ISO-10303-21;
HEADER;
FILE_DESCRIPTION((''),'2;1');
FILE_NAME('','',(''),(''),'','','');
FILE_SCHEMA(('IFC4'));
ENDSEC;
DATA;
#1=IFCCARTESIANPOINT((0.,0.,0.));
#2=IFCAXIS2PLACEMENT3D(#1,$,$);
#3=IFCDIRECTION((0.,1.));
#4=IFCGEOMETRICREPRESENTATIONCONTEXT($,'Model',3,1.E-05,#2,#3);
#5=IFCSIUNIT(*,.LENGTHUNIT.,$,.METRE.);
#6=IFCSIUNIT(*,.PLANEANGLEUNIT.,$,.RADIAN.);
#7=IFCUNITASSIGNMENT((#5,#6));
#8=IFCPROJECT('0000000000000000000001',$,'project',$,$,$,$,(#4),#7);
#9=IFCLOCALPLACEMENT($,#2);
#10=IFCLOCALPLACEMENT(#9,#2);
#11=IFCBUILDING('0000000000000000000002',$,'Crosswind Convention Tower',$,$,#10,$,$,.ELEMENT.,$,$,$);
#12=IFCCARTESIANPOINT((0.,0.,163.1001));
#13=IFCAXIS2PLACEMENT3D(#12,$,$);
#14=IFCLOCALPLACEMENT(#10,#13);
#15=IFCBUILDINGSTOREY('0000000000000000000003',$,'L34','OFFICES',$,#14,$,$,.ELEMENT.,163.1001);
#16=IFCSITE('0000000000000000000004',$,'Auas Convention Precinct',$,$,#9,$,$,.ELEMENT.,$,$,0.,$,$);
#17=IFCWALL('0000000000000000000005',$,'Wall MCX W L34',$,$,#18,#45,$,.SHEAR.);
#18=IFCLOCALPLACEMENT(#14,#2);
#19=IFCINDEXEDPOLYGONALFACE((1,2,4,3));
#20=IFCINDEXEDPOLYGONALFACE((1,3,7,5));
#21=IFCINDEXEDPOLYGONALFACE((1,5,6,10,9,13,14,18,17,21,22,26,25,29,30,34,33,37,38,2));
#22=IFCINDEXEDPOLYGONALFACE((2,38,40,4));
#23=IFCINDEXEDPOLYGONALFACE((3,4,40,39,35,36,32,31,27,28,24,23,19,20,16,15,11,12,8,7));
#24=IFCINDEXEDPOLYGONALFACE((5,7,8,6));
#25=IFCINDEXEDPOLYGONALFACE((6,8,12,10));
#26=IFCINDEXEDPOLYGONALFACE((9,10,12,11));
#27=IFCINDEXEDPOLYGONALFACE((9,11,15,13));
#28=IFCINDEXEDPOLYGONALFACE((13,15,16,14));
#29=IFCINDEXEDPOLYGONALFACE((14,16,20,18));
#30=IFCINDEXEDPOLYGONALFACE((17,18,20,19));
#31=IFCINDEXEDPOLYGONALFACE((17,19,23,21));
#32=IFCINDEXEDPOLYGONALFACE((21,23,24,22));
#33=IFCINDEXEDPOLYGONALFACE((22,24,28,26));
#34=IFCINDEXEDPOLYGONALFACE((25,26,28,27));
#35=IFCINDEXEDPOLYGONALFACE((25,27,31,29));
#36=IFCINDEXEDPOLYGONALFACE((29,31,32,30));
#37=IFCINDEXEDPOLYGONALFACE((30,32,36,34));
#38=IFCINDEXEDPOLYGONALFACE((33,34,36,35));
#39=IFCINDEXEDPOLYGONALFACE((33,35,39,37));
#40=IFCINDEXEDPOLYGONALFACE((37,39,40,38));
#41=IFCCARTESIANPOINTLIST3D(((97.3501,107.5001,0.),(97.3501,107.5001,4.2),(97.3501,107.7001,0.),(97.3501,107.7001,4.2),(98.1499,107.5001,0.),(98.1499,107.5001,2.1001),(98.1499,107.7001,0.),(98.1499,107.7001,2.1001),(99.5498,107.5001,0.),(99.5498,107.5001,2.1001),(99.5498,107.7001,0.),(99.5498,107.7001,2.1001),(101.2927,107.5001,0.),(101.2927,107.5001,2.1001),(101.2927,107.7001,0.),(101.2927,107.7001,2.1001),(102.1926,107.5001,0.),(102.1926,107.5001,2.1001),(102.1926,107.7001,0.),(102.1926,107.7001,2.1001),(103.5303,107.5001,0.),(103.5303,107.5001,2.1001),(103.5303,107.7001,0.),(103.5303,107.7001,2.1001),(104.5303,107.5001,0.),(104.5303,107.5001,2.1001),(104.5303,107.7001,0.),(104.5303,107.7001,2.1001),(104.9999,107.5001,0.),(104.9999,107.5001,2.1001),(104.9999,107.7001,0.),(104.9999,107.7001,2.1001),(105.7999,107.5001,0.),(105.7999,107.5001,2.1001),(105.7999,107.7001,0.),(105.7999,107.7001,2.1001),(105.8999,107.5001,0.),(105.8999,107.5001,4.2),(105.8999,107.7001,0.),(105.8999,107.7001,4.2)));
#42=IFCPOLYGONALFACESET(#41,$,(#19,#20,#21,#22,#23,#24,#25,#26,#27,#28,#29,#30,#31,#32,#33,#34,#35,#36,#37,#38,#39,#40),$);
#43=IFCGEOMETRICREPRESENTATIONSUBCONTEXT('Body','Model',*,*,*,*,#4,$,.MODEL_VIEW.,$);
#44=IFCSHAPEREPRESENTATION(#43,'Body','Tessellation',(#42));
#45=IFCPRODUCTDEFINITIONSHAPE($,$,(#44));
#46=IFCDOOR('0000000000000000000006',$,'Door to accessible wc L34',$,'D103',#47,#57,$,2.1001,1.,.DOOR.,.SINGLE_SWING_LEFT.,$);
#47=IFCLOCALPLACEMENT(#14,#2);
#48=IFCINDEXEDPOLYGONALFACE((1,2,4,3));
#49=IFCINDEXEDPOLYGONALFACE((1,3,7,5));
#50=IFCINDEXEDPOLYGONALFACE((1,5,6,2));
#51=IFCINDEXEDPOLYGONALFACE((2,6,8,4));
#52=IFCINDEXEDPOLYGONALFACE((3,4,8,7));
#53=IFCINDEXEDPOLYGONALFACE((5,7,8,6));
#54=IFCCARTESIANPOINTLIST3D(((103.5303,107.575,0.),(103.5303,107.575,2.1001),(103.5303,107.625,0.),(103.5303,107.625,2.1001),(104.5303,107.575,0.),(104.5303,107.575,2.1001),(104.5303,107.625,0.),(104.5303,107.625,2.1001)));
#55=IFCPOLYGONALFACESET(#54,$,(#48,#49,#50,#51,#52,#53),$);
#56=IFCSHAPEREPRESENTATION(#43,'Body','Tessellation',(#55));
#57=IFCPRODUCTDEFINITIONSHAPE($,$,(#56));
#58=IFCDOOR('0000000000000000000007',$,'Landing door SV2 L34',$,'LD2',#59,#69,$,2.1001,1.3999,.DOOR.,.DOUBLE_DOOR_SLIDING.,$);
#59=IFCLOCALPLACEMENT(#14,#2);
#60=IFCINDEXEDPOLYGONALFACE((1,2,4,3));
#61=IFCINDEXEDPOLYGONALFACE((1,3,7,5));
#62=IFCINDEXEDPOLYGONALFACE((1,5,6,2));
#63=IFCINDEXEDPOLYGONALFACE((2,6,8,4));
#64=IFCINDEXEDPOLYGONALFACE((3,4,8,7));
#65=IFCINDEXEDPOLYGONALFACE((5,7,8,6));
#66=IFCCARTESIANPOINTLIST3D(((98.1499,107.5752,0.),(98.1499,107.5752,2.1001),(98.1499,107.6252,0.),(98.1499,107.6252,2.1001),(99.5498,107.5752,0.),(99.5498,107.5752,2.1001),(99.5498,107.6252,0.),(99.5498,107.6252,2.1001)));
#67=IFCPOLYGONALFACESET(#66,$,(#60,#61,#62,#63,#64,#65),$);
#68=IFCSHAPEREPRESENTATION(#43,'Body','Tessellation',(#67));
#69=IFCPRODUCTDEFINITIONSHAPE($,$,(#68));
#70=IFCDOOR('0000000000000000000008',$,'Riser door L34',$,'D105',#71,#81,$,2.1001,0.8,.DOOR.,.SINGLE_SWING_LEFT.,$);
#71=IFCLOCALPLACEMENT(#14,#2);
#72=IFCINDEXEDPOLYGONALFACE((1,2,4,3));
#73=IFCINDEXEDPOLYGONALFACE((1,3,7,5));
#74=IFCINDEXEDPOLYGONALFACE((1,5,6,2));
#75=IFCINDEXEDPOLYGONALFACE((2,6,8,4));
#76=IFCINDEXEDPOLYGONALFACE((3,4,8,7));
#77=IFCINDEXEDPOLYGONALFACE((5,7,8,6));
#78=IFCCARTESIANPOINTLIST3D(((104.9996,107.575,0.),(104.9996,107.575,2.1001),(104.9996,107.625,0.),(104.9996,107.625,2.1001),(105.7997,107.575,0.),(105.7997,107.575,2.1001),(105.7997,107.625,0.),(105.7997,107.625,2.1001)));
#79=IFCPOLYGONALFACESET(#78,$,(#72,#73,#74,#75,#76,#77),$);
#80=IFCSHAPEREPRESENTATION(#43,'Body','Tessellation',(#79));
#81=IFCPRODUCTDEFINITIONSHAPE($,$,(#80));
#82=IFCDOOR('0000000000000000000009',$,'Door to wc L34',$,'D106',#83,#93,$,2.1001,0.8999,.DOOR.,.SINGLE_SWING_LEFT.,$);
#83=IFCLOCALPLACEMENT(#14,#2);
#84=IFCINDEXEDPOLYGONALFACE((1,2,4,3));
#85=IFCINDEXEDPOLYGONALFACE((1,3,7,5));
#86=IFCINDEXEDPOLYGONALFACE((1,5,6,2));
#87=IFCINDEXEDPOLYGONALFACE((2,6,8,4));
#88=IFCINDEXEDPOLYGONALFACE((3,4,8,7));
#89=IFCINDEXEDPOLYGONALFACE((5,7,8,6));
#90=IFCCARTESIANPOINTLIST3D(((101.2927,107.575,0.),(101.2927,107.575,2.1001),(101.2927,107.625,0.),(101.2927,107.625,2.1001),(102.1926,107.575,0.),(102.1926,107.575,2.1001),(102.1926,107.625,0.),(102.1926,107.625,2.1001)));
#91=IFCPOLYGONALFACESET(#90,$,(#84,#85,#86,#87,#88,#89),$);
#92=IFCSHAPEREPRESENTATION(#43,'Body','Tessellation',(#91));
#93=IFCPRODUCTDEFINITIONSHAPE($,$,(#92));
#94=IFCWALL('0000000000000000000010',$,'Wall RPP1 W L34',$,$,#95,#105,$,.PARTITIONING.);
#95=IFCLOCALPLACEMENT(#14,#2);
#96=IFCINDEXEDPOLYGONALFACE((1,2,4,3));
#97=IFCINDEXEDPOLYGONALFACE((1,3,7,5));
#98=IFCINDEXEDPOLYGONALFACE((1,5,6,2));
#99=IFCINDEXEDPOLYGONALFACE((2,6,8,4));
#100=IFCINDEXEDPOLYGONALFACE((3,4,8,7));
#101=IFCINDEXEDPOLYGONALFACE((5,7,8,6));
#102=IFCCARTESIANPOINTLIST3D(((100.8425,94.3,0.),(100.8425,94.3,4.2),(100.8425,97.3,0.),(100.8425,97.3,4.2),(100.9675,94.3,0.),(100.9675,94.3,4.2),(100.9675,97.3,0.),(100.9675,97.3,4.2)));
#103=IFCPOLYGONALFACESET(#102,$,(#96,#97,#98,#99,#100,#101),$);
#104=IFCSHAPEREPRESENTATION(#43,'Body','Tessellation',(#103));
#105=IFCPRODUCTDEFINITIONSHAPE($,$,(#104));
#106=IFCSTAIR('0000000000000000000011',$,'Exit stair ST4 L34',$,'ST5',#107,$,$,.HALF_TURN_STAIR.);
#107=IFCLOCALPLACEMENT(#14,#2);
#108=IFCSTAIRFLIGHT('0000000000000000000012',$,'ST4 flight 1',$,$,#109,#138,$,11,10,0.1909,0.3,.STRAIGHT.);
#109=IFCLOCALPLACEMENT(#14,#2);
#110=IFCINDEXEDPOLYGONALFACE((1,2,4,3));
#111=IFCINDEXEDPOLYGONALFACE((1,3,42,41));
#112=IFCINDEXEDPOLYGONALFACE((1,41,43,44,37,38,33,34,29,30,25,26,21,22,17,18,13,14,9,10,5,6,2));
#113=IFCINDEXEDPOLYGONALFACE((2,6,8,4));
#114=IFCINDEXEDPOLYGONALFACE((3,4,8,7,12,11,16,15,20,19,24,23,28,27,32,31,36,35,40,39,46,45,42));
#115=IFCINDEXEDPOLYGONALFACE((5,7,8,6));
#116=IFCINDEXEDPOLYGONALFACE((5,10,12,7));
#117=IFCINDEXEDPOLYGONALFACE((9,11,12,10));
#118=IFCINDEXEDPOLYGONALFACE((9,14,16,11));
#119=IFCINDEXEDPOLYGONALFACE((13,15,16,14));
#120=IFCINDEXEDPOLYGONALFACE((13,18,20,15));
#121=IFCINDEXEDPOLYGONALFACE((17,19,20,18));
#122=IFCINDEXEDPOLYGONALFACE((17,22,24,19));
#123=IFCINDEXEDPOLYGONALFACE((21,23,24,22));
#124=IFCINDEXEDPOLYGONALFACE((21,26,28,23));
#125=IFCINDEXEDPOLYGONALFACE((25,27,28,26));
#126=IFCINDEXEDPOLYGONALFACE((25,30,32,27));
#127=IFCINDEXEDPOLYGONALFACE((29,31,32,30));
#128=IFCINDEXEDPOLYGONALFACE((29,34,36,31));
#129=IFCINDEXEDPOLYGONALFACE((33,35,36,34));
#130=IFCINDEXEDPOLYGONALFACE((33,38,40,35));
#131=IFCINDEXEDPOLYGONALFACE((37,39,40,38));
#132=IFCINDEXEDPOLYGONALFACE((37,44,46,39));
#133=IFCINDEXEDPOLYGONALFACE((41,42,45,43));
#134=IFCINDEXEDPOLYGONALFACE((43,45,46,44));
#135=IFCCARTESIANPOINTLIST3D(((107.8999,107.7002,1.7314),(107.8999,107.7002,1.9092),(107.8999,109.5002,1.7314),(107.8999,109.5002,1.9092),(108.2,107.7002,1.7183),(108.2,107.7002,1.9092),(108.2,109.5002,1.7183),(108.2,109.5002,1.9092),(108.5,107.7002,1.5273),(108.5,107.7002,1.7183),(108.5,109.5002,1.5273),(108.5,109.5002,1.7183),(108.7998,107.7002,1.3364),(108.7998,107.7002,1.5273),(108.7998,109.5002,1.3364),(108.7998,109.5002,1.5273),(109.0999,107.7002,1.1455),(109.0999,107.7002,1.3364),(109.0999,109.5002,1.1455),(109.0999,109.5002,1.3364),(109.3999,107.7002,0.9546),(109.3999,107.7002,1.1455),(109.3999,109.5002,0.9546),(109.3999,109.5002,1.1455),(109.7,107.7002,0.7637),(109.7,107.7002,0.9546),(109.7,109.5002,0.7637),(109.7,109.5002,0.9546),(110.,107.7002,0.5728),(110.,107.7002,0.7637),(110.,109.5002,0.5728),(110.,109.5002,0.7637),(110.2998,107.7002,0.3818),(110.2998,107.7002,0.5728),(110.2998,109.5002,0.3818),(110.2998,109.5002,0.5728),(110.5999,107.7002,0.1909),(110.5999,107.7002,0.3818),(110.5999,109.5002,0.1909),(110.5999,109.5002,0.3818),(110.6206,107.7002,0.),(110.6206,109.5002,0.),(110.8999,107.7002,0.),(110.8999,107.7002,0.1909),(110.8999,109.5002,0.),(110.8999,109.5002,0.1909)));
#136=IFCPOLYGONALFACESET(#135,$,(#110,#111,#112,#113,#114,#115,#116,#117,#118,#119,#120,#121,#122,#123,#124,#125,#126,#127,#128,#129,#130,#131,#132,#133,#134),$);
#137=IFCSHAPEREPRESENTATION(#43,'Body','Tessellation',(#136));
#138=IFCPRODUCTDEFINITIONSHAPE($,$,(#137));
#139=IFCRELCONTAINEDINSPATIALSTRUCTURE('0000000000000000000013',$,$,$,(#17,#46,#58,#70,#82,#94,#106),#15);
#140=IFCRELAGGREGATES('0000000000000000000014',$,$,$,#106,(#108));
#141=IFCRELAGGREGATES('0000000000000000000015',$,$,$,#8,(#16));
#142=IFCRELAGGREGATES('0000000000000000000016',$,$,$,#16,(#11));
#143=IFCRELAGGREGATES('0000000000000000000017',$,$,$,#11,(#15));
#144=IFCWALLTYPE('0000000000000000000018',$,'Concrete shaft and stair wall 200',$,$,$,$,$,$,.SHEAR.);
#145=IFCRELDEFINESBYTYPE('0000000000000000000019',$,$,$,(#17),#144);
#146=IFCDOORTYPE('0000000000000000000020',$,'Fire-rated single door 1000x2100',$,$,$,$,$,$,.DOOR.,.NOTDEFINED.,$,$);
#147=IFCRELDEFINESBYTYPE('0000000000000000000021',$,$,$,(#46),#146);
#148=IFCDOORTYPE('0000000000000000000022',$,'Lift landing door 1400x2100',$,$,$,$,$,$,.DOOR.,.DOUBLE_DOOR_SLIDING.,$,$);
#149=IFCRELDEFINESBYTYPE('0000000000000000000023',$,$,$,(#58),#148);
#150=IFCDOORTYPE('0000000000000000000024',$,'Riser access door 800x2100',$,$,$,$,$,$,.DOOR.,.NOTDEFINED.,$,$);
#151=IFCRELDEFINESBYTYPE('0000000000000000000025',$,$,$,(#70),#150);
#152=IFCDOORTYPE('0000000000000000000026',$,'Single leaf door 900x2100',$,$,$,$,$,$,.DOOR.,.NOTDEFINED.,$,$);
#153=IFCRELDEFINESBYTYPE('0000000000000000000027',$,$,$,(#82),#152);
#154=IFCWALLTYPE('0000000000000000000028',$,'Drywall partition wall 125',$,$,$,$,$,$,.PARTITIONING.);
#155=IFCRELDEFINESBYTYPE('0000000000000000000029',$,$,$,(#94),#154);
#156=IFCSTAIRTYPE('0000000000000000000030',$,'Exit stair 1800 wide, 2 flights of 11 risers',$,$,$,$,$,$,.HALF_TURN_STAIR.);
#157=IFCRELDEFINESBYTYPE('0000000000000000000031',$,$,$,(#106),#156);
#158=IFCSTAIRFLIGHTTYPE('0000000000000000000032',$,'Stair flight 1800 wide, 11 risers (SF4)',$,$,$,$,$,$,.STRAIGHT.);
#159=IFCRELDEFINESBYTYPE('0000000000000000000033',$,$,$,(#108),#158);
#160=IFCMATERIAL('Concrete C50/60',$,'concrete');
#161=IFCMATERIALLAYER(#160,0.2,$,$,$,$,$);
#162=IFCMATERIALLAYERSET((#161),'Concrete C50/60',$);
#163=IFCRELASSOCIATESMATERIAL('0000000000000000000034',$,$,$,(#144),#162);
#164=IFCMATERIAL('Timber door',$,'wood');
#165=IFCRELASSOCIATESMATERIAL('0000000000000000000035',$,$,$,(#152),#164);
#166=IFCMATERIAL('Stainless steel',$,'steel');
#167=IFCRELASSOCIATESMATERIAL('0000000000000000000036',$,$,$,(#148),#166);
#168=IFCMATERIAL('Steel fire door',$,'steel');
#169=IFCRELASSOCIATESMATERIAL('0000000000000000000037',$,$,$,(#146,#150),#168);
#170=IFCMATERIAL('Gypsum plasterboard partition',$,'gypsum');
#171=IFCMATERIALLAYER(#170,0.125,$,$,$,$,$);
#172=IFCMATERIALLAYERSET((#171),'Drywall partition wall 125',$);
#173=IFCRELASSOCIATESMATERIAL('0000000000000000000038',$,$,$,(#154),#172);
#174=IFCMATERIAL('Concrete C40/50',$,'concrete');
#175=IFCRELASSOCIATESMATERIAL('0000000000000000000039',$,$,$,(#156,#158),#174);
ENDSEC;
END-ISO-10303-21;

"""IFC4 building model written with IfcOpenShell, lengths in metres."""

from ifc_helpers import new_model, si_unit, direction, frame, frame_2d, origin, place, context, subcontext, project, spatial, polyline, rectangle, outline, extrude, material, layer, layer_set, type_object, element, fill, aggregate, save


model = new_model("IFC4")

# Units and contexts
model_context = context("Model", 3, precision=1e-05, world=origin(), true_north=direction((0.0, 1.0)))
body_context = subcontext(model_context, "Body", "Model", "MODEL_VIEW")
ifc_project = project(units=[si_unit("LENGTHUNIT", "METRE"), si_unit("PLANEANGLEUNIT", "RADIAN")], contexts=[model_context])

# Site, building, storey
site_placement = place(None, origin())
site = spatial("IfcSite", under=ifc_project, at=site_placement, Name="Auas Convention Precinct", CompositionType="ELEMENT", RefElevation=0.0)
building_placement = place(site_placement, origin())
building = spatial("IfcBuilding", under=site, at=building_placement, Name="Crosswind Convention Tower", CompositionType="ELEMENT")
storey_placement = place(building_placement, frame((0.0, 0.0, 163.1001)))
storey = spatial("IfcBuildingStorey", under=building, at=storey_placement, Name="L34", Description="OFFICES", CompositionType="ELEMENT", Elevation=163.1001)

# Shared definitions
ifc_material_1 = material(Name="Concrete C50/60", Category="concrete")
ifc_layer_1 = layer(ifc_material_1, 0.2)
ifc_layer_set_1 = layer_set([ifc_layer_1], Name="Concrete C50/60")
wall_type_1 = type_object("IfcWallType", Name="Concrete shaft and stair wall 200", PredefinedType="SHEAR", material=ifc_layer_set_1)

# Shared definitions
ifc_material_2 = material(Name="Timber door", Category="wood")
door_type_1 = type_object("IfcDoorType", Name="Single leaf door 900x2100", OperationType="NOTDEFINED", PredefinedType="DOOR", material=ifc_material_2)

# Wall, openings, doors
ifc_material_3 = material(Name="Stainless steel", Category="steel")
door_type_2 = type_object("IfcDoorType", Name="Lift landing door 1400x2100", OperationType="DOUBLE_DOOR_SLIDING", PredefinedType="DOOR", material=ifc_material_3)
wall_1_placement = place(storey_placement, frame((105.8999, 107.6001, 0.0), z_axis=(0.0, 0.0, 1.0), x_axis=(-1.0, 0.0, 0.0)))
wall_1 = element("IfcWall", 1, at=wall_1_placement, inside=storey, type_object=wall_type_1, Name="Wall MCX W L34", PredefinedType="SHEAR", context=body_context, shape_type="SweptSolid", body=[
    extrude(rectangle(XDim=8.5498, YDim=0.2, at=frame_2d((4.2749, 0.0))), origin(), (0.0, 0.0, 1.0), 4.2),
])
opening_1_placement = place(wall_1_placement, frame((0.1001, 0.0, 0.0)))
opening_1 = element("IfcOpeningElement", 2, at=opening_1_placement, cuts=wall_1, PredefinedType="OPENING", context=body_context, shape_type="SweptSolid", body=[
    extrude(rectangle(XDim=0.8, YDim=2.1001, at=frame_2d((0.3999, 1.05))), frame((0.0, 0.1099, 0.0), z_axis=(0.0, -1.0, 0.0), x_axis=(1.0, 0.0, 0.0)), (0.0, 0.0, 1.0), 0.22),
])
opening_2_placement = place(wall_1_placement, frame((1.3696, 0.0, 0.0)))
opening_2 = element("IfcOpeningElement", 3, at=opening_2_placement, cuts=wall_1, PredefinedType="OPENING", context=body_context, shape_type="SweptSolid", body=[
    extrude(rectangle(XDim=1.0, YDim=2.1001, at=frame_2d((0.5, 1.05))), frame((0.0, 0.1099, 0.0), z_axis=(0.0, -1.0, 0.0), x_axis=(1.0, 0.0, 0.0)), (0.0, 0.0, 1.0), 0.22),
])
opening_3_placement = place(wall_1_placement, frame((3.7073, 0.0, 0.0)))
opening_3 = element("IfcOpeningElement", 4, at=opening_3_placement, cuts=wall_1, PredefinedType="OPENING", context=body_context, shape_type="SweptSolid", body=[
    extrude(rectangle(XDim=0.8999, YDim=2.1001, at=frame_2d((0.45, 1.05))), frame((0.0, 0.1099, 0.0), z_axis=(0.0, -1.0, 0.0), x_axis=(1.0, 0.0, 0.0)), (0.0, 0.0, 1.0), 0.22),
])
opening_4_placement = place(wall_1_placement, frame((6.3501, 0.0, 0.0)))
opening_4 = element("IfcOpeningElement", 5, at=opening_4_placement, cuts=wall_1, PredefinedType="OPENING", context=body_context, shape_type="SweptSolid", body=[
    extrude(rectangle(XDim=1.3999, YDim=2.1001, at=frame_2d((0.7, 1.05))), frame((0.0, 0.1099, 0.0), z_axis=(0.0, -1.0, 0.0), x_axis=(1.0, 0.0, 0.0)), (0.0, 0.0, 1.0), 0.22),
])
ifc_material_4 = material(Name="Steel fire door", Category="steel")
door_type_3 = type_object("IfcDoorType", Name="Fire-rated single door 1000x2100", OperationType="NOTDEFINED", PredefinedType="DOOR", material=ifc_material_4)
door_1_placement = place(opening_2_placement, frame((1.0, 0.0, 0.0), z_axis=(0.0, 0.0, 1.0), x_axis=(-1.0, 0.0, 0.0)))
door_1 = element("IfcDoor", 6, at=door_1_placement, inside=storey, type_object=door_type_3, Name="Door to accessible wc L34", ObjectType="D103", OperationType="SINGLE_SWING_LEFT", OverallHeight=2.1001, OverallWidth=1.0, PredefinedType="DOOR", context=body_context, shape_type="SweptSolid", body=[
    extrude(rectangle(XDim=1.0, YDim=2.1001, at=frame_2d((0.5, 1.05))), frame((0.0, 0.0249, 0.0), z_axis=(0.0, -1.0, 0.0), x_axis=(1.0, 0.0, 0.0)), (0.0, 0.0, 1.0), 0.05),
])
fill(opening_2, door_1)
door_2_placement = place(opening_4_placement, origin())
door_2 = element("IfcDoor", 7, at=door_2_placement, inside=storey, type_object=door_type_2, Name="Landing door SV2 L34", ObjectType="LD2", OperationType="DOUBLE_DOOR_SLIDING", OverallHeight=2.1001, OverallWidth=1.3999, PredefinedType="DOOR", context=body_context, shape_type="SweptSolid", body=[
    extrude(rectangle(XDim=1.3999, YDim=2.1001, at=frame_2d((0.7, 1.05))), frame((0.0, 0.0249, 0.0), z_axis=(0.0, -1.0, 0.0), x_axis=(1.0, 0.0, 0.0)), (0.0, 0.0, 1.0), 0.05),
])
fill(opening_4, door_2)
door_type_4 = type_object("IfcDoorType", Name="Riser access door 800x2100", OperationType="NOTDEFINED", PredefinedType="DOOR", material=ifc_material_4)
door_3_placement = place(opening_1_placement, frame((0.8, 0.0, 0.0), z_axis=(0.0, 0.0, 1.0), x_axis=(-1.0, 0.0, 0.0)))
door_3 = element("IfcDoor", 8, at=door_3_placement, inside=storey, type_object=door_type_4, Name="Riser door L34", ObjectType="D105", OperationType="SINGLE_SWING_LEFT", OverallHeight=2.1001, OverallWidth=0.8, PredefinedType="DOOR", context=body_context, shape_type="SweptSolid", body=[
    extrude(rectangle(XDim=0.8, YDim=2.1001, at=frame_2d((0.3999, 1.05))), frame((0.0, 0.0249, 0.0), z_axis=(0.0, -1.0, 0.0), x_axis=(1.0, 0.0, 0.0)), (0.0, 0.0, 1.0), 0.05),
])
fill(opening_1, door_3)
door_4_placement = place(opening_3_placement, frame((0.8999, 0.0, 0.0), z_axis=(0.0, 0.0, 1.0), x_axis=(-1.0, 0.0, 0.0)))
door_4 = element("IfcDoor", 9, at=door_4_placement, inside=storey, type_object=door_type_1, Name="Door to wc L34", ObjectType="D106", OperationType="SINGLE_SWING_LEFT", OverallHeight=2.1001, OverallWidth=0.8999, PredefinedType="DOOR", context=body_context, shape_type="SweptSolid", body=[
    extrude(rectangle(XDim=0.8999, YDim=2.1001, at=frame_2d((0.45, 1.05))), frame((0.0, 0.0249, 0.0), z_axis=(0.0, -1.0, 0.0), x_axis=(1.0, 0.0, 0.0)), (0.0, 0.0, 1.0), 0.05),
])
fill(opening_3, door_4)

# Wall
ifc_material_5 = material(Name="Gypsum plasterboard partition", Category="gypsum")
ifc_layer_2 = layer(ifc_material_5, 0.125)
ifc_layer_set_2 = layer_set([ifc_layer_2], Name="Drywall partition wall 125")
wall_type_2 = type_object("IfcWallType", Name="Drywall partition wall 125", PredefinedType="PARTITIONING", material=ifc_layer_set_2)
wall_2_placement = place(storey_placement, frame((100.905, 97.3, 0.0), z_axis=(0.0, 0.0, 1.0), x_axis=(0.0, -1.0, 0.0)))
element("IfcWall", 10, at=wall_2_placement, inside=storey, type_object=wall_type_2, Name="Wall RPP1 W L34", PredefinedType="PARTITIONING", context=body_context, shape_type="SweptSolid", body=[
    extrude(rectangle(XDim=3.0, YDim=0.125, at=frame_2d((1.5, 0.0))), origin(), (0.0, 0.0, 1.0), 4.2),
])

# Stair, stair flight
ifc_material_6 = material(Name="Concrete C40/50", Category="concrete")
stair_type = type_object("IfcStairType", Name="Exit stair 1800 wide, 2 flights of 11 risers", PredefinedType="HALF_TURN_STAIR", material=ifc_material_6)
stair_placement = place(storey_placement, origin())
stair = element("IfcStair", 11, at=stair_placement, inside=storey, type_object=stair_type, Name="Exit stair ST4 L34", ObjectType="ST5", PredefinedType="HALF_TURN_STAIR")
stair_flight_type = type_object("IfcStairFlightType", Name="Stair flight 1800 wide, 11 risers (SF4)", PredefinedType="STRAIGHT", material=ifc_material_6)
stair_flight_1_placement = place(storey_placement, frame((110.8999, 108.6001, 0.0), z_axis=(0.0, 0.0, 1.0), x_axis=(-1.0, 0.0, 0.0)))
stair_flight_1 = element("IfcStairFlight", 12, at=stair_flight_1_placement, type_object=stair_flight_type, Name="ST4 flight 1", NumberOfRisers=11, NumberOfTreads=10, PredefinedType="STRAIGHT", RiserHeight=0.1909, TreadLength=0.3, context=body_context, shape_type="SweptSolid", body=[
    extrude(outline(polyline([(0.0, 0.0), (0.0, 0.1909), (0.3, 0.1909), (0.3, 0.3818), (0.6001, 0.3818), (0.6001, 0.5728), (0.8999, 0.5728), (0.8999, 0.7637), (1.2, 0.7637), (1.2, 0.9546), (1.5, 0.9546), (1.5, 1.1455), (1.8, 1.1455), (1.8, 1.3364), (2.1001, 1.3364), (2.1001, 1.5273), (2.3999, 1.5273), (2.3999, 1.7183), (2.7, 1.7183), (2.7, 1.9092), (3.0, 1.9092), (3.0, 2.1001), (3.0, 1.7314), (0.2793, 0.0), (0.0, 0.0)])), frame((0.0, 0.8999, 0.0), z_axis=(0.0, -1.0, 0.0), x_axis=(1.0, 0.0, 0.0)), (0.0, 0.0, 1.0), 1.8),
])
aggregate(stair, [stair_flight_1])

save(model, "model.ifc")
